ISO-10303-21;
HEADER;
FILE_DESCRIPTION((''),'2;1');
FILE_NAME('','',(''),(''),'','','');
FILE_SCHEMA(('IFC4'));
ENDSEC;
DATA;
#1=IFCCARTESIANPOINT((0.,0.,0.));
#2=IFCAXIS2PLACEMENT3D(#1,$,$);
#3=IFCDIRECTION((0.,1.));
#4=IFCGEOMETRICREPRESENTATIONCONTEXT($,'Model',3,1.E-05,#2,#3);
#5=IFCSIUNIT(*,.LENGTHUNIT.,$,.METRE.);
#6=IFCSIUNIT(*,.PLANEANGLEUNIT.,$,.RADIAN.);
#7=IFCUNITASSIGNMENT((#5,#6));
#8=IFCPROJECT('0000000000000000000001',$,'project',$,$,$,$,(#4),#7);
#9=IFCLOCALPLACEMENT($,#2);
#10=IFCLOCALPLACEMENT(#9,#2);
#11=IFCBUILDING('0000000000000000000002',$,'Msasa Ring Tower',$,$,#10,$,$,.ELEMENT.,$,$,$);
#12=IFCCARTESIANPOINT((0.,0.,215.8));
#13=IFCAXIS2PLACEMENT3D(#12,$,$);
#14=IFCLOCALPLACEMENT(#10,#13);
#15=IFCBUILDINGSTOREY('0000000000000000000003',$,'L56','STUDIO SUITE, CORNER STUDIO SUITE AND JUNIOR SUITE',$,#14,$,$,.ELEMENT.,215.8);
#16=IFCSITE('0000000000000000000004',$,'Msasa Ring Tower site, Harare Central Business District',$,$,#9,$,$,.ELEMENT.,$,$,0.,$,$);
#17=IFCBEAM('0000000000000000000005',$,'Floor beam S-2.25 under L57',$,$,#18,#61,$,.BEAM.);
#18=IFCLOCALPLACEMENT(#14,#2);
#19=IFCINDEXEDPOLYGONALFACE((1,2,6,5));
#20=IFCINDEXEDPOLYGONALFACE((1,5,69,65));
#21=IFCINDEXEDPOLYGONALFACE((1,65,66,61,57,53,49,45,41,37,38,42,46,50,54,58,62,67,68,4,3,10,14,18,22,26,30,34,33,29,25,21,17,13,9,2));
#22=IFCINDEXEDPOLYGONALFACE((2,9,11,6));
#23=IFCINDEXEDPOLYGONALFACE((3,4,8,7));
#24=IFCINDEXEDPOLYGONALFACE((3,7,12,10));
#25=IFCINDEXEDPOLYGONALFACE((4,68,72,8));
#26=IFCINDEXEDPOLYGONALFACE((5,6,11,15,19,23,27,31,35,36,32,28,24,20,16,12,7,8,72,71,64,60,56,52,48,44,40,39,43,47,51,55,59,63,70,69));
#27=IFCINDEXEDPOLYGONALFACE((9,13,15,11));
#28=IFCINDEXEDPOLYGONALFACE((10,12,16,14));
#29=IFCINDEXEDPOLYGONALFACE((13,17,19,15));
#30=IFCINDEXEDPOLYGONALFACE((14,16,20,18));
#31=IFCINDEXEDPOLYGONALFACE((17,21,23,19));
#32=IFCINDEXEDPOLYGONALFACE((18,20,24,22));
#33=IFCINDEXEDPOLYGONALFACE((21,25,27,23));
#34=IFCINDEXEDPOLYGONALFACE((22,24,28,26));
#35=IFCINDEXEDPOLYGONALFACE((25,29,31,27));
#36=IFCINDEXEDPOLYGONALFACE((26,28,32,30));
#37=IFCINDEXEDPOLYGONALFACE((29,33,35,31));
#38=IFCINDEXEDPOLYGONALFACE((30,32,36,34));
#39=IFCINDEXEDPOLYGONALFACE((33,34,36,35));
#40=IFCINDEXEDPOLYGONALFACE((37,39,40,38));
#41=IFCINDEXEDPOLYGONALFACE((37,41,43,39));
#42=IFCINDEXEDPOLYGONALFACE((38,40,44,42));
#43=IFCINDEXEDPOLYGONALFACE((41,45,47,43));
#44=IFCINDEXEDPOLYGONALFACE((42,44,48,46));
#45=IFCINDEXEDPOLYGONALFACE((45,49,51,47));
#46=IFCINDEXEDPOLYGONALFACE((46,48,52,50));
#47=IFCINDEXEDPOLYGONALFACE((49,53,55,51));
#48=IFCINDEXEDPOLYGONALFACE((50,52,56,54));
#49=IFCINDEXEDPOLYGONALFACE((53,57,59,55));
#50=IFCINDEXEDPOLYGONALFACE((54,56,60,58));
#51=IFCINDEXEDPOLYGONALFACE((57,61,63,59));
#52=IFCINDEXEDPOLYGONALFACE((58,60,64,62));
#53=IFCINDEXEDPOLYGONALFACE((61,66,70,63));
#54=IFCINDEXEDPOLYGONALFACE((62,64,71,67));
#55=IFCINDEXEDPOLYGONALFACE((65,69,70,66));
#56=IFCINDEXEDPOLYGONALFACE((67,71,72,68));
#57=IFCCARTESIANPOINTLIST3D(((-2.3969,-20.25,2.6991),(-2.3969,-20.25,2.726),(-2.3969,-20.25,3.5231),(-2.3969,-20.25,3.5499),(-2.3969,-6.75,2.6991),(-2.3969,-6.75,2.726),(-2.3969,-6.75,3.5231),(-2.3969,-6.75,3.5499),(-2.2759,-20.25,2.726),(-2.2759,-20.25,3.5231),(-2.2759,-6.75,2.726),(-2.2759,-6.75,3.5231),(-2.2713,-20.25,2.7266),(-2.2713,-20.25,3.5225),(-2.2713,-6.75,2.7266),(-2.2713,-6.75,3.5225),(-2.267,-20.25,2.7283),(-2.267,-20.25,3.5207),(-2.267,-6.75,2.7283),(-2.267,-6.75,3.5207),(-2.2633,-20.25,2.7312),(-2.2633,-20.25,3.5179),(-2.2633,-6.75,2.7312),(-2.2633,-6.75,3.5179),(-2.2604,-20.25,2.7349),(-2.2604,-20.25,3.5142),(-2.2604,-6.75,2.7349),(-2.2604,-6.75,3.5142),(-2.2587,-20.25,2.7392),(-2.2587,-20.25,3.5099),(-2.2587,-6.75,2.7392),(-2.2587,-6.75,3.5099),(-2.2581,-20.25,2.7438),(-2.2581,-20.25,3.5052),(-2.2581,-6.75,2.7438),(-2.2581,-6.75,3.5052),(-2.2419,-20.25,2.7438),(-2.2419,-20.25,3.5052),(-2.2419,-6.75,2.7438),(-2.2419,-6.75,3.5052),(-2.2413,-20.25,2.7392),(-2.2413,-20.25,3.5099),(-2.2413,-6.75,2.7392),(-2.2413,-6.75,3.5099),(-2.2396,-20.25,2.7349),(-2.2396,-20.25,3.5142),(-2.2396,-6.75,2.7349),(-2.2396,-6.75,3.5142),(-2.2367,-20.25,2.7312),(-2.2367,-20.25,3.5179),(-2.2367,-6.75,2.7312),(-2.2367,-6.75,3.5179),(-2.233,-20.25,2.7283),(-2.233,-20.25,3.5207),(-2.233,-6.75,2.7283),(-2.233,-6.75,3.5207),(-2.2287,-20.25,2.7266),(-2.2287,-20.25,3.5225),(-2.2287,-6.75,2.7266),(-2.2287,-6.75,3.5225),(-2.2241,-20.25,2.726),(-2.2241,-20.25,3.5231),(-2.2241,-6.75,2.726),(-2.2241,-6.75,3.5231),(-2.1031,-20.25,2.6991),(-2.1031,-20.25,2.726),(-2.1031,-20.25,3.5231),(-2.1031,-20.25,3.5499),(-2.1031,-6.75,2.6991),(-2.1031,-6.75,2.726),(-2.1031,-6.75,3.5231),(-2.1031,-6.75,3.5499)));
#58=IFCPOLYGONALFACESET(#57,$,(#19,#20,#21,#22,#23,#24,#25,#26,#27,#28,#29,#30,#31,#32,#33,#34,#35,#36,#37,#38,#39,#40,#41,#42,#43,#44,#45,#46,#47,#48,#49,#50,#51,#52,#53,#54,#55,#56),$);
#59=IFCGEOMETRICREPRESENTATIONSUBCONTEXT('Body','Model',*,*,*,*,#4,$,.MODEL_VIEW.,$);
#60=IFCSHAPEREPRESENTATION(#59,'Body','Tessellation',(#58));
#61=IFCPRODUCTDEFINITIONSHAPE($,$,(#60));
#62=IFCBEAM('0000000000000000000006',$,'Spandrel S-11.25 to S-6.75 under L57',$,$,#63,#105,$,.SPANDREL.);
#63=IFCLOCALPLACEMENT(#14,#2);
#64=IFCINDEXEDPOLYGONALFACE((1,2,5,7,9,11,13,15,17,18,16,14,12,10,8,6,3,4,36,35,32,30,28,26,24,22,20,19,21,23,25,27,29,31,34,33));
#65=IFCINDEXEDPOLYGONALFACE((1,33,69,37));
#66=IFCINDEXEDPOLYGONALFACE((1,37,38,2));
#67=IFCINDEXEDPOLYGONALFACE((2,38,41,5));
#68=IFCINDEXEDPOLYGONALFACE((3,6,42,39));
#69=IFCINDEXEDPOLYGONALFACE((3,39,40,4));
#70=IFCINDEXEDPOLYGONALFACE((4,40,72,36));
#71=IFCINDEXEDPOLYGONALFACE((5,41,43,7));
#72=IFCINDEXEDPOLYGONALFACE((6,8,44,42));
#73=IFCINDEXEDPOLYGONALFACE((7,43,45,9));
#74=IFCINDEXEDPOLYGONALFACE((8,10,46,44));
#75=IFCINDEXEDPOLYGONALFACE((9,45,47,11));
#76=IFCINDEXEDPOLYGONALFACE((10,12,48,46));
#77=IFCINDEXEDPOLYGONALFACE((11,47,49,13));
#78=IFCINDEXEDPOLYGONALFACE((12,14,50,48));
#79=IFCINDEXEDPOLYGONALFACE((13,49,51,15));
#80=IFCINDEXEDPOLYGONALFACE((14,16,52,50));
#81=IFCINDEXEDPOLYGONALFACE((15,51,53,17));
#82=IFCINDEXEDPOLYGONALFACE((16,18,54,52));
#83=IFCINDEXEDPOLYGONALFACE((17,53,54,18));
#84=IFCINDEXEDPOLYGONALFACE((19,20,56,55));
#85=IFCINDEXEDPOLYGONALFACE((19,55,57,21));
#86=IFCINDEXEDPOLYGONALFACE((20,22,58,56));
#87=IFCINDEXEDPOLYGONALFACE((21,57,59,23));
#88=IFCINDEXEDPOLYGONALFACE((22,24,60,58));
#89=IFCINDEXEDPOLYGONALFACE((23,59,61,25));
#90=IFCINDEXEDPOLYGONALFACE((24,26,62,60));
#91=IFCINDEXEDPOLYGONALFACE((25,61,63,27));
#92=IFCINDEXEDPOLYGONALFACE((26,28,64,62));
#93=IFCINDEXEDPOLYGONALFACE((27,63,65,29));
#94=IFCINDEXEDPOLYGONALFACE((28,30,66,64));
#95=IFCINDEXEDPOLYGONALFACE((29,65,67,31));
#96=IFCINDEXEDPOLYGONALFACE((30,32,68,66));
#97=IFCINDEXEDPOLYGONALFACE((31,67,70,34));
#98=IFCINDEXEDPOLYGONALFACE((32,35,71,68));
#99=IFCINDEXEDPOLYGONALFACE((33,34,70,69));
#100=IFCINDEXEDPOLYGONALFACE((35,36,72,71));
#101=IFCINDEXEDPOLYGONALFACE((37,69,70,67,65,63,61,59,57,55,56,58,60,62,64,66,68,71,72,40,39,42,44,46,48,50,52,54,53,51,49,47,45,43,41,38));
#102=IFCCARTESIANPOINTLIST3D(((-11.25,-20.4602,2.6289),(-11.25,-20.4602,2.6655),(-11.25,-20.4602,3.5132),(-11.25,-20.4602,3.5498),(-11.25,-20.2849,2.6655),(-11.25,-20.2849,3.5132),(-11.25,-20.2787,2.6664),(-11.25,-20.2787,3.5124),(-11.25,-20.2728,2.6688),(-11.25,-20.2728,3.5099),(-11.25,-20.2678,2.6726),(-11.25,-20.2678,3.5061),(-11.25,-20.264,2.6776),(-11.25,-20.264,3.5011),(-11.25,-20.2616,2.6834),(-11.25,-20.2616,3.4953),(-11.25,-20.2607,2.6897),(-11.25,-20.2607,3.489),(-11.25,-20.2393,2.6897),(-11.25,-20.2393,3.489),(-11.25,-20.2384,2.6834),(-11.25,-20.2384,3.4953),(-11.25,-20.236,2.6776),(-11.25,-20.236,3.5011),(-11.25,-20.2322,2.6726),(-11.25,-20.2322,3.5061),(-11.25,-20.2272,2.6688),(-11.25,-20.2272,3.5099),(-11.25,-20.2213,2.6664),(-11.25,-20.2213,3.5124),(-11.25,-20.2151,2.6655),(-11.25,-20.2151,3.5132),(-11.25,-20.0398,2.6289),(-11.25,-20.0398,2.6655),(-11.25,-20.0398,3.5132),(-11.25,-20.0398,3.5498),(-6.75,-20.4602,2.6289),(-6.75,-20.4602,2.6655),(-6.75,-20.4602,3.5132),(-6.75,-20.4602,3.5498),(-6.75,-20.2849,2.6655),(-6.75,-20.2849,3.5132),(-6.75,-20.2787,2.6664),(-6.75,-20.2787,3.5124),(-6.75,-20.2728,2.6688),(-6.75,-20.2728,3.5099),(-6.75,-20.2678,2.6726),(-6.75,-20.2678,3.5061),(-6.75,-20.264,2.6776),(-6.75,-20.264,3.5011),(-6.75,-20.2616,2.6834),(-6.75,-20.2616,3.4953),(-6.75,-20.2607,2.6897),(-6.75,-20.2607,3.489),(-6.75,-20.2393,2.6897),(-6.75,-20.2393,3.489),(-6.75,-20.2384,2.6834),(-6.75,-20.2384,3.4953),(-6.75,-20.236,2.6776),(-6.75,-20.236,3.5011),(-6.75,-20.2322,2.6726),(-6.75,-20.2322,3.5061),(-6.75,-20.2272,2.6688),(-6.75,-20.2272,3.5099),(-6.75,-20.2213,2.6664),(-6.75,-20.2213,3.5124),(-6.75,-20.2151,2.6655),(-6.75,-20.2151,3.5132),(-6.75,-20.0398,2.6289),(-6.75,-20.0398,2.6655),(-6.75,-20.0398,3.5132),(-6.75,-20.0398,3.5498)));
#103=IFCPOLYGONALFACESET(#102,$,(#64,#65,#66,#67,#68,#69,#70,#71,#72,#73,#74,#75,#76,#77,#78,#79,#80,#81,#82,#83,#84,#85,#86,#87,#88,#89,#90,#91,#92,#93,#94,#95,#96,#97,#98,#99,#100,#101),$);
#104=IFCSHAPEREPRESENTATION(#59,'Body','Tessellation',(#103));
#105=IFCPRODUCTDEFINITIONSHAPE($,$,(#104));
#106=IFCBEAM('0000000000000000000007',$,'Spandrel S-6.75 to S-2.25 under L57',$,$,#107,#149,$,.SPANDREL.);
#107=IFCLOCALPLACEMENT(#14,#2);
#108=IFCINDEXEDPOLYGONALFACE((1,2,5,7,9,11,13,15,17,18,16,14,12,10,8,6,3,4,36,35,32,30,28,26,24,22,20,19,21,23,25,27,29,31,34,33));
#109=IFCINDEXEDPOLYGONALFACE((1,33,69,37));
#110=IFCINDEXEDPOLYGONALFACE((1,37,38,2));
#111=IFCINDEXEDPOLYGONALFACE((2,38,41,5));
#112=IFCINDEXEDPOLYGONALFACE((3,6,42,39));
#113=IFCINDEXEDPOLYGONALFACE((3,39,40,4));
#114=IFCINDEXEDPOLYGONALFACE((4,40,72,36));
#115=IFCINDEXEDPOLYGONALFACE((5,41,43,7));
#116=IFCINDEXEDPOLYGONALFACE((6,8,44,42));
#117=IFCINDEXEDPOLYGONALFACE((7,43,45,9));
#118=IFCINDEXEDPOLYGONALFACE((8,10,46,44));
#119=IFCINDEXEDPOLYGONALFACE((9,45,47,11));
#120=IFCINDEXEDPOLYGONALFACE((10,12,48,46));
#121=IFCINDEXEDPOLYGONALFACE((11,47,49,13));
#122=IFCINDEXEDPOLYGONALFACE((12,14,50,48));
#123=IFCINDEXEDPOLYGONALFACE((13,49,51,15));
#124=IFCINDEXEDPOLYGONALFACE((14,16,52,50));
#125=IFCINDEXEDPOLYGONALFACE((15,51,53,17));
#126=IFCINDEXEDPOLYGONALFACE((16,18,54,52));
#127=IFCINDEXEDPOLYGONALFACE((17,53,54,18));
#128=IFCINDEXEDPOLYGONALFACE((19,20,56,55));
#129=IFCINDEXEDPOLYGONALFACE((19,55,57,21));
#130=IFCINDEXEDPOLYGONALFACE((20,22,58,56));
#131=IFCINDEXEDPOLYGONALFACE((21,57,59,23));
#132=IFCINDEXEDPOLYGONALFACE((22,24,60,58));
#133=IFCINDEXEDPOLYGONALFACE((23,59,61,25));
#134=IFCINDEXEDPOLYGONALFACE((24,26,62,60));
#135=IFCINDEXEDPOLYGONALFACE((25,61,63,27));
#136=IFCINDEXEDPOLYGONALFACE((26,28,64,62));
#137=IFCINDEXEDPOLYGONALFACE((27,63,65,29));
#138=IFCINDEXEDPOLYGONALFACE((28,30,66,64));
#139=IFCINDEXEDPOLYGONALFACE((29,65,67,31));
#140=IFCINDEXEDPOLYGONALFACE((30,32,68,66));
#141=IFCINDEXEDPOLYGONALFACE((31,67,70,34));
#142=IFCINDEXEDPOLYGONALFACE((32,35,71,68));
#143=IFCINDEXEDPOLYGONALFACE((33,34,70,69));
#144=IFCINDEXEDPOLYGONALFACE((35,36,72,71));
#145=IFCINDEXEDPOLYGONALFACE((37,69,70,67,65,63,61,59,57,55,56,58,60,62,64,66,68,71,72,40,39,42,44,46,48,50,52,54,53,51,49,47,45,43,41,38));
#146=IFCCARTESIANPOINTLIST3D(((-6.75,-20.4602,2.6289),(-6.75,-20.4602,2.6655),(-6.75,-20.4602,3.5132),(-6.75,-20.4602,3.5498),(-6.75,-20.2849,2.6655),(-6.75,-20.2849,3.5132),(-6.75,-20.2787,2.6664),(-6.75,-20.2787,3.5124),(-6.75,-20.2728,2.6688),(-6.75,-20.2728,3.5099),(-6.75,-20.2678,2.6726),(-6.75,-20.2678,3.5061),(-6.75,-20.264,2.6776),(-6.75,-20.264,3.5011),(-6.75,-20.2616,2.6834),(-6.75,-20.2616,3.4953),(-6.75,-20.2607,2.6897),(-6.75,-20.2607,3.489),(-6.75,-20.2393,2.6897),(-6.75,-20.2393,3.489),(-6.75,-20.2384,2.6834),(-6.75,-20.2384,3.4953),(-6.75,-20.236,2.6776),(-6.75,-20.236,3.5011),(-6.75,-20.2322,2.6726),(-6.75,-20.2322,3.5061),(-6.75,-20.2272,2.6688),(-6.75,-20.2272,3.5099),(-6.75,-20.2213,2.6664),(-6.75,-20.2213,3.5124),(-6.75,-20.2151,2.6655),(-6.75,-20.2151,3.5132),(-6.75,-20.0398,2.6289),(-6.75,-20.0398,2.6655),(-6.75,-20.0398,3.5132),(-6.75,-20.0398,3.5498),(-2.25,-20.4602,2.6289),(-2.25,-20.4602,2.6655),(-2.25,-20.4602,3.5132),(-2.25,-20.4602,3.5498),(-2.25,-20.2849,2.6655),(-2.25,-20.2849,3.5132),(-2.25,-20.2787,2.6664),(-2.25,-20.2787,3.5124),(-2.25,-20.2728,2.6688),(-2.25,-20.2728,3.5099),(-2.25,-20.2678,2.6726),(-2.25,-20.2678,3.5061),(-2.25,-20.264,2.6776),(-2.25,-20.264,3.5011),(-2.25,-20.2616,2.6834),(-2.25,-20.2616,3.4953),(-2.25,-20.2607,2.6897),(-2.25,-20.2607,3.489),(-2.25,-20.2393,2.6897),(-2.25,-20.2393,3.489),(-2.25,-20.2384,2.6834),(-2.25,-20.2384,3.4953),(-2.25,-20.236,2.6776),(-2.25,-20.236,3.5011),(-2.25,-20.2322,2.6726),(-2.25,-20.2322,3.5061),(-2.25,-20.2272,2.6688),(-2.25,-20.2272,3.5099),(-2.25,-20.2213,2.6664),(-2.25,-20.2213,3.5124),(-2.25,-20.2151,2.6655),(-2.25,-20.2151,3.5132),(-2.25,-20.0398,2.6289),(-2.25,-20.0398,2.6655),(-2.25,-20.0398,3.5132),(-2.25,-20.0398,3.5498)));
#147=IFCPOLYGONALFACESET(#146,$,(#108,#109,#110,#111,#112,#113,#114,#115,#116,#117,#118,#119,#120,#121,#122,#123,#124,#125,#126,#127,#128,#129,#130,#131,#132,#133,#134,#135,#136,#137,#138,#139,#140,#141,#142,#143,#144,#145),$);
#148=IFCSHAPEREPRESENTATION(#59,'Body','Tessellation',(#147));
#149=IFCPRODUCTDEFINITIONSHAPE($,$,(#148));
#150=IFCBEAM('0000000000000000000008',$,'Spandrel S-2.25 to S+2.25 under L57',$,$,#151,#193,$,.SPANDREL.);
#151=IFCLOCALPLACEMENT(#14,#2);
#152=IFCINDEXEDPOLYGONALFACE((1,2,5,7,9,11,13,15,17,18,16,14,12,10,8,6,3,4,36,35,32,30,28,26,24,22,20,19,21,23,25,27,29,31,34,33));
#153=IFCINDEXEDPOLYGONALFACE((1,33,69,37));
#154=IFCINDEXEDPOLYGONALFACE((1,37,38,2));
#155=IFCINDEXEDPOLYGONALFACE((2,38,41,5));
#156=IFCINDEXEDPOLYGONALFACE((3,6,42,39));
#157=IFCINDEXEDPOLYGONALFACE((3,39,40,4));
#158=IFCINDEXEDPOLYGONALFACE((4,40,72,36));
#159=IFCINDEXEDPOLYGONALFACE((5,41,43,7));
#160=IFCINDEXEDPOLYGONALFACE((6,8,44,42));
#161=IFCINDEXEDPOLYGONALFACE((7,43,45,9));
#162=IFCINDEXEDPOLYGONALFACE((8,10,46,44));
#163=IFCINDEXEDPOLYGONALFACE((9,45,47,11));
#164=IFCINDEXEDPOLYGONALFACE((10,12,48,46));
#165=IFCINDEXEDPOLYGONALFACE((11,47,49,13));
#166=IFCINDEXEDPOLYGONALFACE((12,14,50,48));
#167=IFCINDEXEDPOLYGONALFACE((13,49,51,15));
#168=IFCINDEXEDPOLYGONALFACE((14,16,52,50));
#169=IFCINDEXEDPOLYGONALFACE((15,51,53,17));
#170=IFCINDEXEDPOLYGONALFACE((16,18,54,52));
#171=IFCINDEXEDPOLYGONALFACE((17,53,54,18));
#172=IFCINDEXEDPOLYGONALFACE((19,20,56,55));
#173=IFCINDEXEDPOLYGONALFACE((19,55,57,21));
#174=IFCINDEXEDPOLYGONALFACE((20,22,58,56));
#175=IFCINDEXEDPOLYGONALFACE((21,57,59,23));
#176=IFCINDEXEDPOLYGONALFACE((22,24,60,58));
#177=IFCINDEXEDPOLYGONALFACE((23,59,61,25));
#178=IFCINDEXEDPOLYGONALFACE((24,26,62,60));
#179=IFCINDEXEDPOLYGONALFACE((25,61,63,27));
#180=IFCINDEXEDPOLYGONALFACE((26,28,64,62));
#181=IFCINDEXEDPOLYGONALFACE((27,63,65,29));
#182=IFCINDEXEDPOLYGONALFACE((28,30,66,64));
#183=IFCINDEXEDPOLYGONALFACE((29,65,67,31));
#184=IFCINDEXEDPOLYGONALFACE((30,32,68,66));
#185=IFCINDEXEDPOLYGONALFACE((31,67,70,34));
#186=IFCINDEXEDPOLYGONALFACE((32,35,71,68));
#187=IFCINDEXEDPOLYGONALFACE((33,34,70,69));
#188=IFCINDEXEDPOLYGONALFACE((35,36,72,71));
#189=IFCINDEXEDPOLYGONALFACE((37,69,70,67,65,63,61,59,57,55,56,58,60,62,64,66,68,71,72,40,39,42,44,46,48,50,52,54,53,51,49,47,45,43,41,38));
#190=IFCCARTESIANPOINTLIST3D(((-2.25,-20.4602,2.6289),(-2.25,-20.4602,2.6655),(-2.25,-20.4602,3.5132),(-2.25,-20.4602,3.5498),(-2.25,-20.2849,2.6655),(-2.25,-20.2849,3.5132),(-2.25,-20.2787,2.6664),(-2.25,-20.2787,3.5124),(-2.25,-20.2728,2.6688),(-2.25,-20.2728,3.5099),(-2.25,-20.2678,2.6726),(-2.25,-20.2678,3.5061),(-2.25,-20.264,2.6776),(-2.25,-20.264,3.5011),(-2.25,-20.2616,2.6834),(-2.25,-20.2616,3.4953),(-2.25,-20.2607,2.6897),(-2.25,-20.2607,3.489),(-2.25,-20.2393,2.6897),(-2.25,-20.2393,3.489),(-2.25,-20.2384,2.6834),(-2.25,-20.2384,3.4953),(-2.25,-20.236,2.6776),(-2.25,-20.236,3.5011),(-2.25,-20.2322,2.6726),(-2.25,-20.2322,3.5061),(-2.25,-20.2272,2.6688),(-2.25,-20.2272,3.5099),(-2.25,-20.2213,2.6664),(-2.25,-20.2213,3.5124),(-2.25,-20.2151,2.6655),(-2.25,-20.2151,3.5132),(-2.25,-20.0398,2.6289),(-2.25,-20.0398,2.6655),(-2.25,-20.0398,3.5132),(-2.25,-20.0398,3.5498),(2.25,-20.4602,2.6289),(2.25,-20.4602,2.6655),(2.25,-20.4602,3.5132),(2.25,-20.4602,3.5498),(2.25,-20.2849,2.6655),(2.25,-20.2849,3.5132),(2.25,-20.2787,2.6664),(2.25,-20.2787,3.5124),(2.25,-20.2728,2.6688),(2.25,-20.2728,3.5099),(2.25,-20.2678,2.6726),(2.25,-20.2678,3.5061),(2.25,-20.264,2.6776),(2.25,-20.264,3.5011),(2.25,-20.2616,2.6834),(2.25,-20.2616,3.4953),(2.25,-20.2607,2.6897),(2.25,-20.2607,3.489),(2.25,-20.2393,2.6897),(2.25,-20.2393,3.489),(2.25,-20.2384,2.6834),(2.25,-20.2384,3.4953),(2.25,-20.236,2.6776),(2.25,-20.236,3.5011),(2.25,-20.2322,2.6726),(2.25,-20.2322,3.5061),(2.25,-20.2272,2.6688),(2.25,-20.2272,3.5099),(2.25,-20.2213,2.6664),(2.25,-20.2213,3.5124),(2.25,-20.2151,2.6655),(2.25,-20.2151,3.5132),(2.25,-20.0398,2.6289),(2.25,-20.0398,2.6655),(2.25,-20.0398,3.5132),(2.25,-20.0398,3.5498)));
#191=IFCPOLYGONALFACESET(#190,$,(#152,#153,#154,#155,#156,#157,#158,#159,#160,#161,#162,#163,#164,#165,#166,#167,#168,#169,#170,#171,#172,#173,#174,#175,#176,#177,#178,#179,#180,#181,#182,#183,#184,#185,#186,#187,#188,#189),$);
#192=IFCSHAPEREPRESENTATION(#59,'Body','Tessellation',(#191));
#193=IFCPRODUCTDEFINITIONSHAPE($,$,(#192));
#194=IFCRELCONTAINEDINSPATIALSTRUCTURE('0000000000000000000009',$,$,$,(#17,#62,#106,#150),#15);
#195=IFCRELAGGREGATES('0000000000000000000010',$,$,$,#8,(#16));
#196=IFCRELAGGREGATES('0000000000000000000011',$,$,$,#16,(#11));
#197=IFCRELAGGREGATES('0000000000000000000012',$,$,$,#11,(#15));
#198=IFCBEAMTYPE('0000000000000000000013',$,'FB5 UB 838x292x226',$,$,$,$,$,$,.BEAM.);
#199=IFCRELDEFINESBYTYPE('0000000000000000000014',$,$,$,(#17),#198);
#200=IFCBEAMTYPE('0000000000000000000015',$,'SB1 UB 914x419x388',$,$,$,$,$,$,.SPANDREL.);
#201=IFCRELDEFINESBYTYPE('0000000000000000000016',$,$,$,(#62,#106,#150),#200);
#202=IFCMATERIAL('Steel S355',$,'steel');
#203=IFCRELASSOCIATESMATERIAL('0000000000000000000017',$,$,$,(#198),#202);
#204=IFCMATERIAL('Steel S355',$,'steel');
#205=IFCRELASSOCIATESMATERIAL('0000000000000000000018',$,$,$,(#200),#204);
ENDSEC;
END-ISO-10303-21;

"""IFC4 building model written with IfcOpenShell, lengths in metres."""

from ifc_helpers import new_model, si_unit, direction, frame, origin, origin_2d, place, context, subcontext, project, spatial, i_section, extrude, material, material_profile, profile_set, type_object, element, save


model = new_model("IFC4")

# Units and contexts
model_context = context("Model", 3, precision=1e-05, world=origin(), true_north=direction((0.0, 1.0)))
body_context = subcontext(model_context, "Body", "Model", "MODEL_VIEW")
ifc_project = project(units=[si_unit("LENGTHUNIT", "METRE"), si_unit("PLANEANGLEUNIT", "RADIAN")], contexts=[model_context])

# Site, building, storey
site_placement = place(None, origin())
site = spatial("IfcSite", under=ifc_project, at=site_placement, Name="Msasa Ring Tower site, Harare Central Business District", CompositionType="ELEMENT", RefElevation=0.0)
building_placement = place(site_placement, origin())
building = spatial("IfcBuilding", under=site, at=building_placement, Name="Msasa Ring Tower", CompositionType="ELEMENT")
storey_placement = place(building_placement, frame((0.0, 0.0, 215.8)))
storey = spatial("IfcBuildingStorey", under=building, at=storey_placement, Name="L56", Description="STUDIO SUITE, CORNER STUDIO SUITE AND JUNIOR SUITE", CompositionType="ELEMENT", Elevation=215.8)

# Beams
ifc_material_1 = material(Name="Steel S355", Category="steel")
ifc_material_profile_1 = material_profile(ifc_material_1, i_section(OverallWidth=0.2937, OverallDepth=0.8508, WebThickness=0.0161, FlangeThickness=0.0269, FilletRadius=0.0178, at=origin_2d()), Name="UB 838x292x226")
ifc_profile_set_1 = profile_set([ifc_material_profile_1], Name="Steel S355")
beam_type_1 = type_object("IfcBeamType", Name="FB5 UB 838x292x226", PredefinedType="BEAM", material=ifc_profile_set_1)
for number, where, z_axis, x_axis, name in (
    (1, (-2.25, -20.25, 3.1245), (0.0, 1.0, 0.0), (-1.0, 0.0, 0.0), "Floor beam S-2.25 under L57"),
):
    element("IfcBeam", number, at=place(storey_placement, frame(where, z_axis=z_axis, x_axis=x_axis)), inside=storey, type_object=beam_type_1, Name=name, PredefinedType="BEAM", context=body_context, shape_type="SweptSolid", body=[
        extrude(i_section(OverallWidth=0.2937, OverallDepth=0.8508, WebThickness=0.0161, FlangeThickness=0.0269, FilletRadius=0.0178, at=origin_2d()), origin(), (0.0, 0.0, 1.0), 13.5),
    ])
ifc_material_2 = material(Name="Steel S355", Category="steel")
ifc_material_profile_2 = material_profile(ifc_material_2, i_section(OverallWidth=0.4204, OverallDepth=0.9209, WebThickness=0.0215, FlangeThickness=0.0366, FilletRadius=0.0242, at=origin_2d()), Name="UB 914x419x388")
ifc_profile_set_2 = profile_set([ifc_material_profile_2], Name="Steel S355")
beam_type_2 = type_object("IfcBeamType", Name="SB1 UB 914x419x388", PredefinedType="SPANDREL", material=ifc_profile_set_2)
for number, where, z_axis, x_axis, name in (
    (2, (-11.25, -20.25, 3.0894), (1.0, 0.0, 0.0), (0.0, 1.0, 0.0), "Spandrel S-11.25 to S-6.75 under L57"),
    (3, (-6.75, -20.25, 3.0894), (1.0, 0.0, 0.0), (0.0, 1.0, 0.0), "Spandrel S-6.75 to S-2.25 under L57"),
    (4, (-2.25, -20.25, 3.0894), (1.0, 0.0, 0.0), (0.0, 1.0, 0.0), "Spandrel S-2.25 to S+2.25 under L57"),
):
    element("IfcBeam", number, at=place(storey_placement, frame(where, z_axis=z_axis, x_axis=x_axis)), inside=storey, type_object=beam_type_2, Name=name, PredefinedType="SPANDREL", context=body_context, shape_type="SweptSolid", body=[
        extrude(i_section(OverallWidth=0.4204, OverallDepth=0.9209, WebThickness=0.0215, FlangeThickness=0.0366, FilletRadius=0.0242, at=origin_2d()), origin(), (0.0, 0.0, 1.0), 4.5),
    ])

save(model, "model.ifc")
